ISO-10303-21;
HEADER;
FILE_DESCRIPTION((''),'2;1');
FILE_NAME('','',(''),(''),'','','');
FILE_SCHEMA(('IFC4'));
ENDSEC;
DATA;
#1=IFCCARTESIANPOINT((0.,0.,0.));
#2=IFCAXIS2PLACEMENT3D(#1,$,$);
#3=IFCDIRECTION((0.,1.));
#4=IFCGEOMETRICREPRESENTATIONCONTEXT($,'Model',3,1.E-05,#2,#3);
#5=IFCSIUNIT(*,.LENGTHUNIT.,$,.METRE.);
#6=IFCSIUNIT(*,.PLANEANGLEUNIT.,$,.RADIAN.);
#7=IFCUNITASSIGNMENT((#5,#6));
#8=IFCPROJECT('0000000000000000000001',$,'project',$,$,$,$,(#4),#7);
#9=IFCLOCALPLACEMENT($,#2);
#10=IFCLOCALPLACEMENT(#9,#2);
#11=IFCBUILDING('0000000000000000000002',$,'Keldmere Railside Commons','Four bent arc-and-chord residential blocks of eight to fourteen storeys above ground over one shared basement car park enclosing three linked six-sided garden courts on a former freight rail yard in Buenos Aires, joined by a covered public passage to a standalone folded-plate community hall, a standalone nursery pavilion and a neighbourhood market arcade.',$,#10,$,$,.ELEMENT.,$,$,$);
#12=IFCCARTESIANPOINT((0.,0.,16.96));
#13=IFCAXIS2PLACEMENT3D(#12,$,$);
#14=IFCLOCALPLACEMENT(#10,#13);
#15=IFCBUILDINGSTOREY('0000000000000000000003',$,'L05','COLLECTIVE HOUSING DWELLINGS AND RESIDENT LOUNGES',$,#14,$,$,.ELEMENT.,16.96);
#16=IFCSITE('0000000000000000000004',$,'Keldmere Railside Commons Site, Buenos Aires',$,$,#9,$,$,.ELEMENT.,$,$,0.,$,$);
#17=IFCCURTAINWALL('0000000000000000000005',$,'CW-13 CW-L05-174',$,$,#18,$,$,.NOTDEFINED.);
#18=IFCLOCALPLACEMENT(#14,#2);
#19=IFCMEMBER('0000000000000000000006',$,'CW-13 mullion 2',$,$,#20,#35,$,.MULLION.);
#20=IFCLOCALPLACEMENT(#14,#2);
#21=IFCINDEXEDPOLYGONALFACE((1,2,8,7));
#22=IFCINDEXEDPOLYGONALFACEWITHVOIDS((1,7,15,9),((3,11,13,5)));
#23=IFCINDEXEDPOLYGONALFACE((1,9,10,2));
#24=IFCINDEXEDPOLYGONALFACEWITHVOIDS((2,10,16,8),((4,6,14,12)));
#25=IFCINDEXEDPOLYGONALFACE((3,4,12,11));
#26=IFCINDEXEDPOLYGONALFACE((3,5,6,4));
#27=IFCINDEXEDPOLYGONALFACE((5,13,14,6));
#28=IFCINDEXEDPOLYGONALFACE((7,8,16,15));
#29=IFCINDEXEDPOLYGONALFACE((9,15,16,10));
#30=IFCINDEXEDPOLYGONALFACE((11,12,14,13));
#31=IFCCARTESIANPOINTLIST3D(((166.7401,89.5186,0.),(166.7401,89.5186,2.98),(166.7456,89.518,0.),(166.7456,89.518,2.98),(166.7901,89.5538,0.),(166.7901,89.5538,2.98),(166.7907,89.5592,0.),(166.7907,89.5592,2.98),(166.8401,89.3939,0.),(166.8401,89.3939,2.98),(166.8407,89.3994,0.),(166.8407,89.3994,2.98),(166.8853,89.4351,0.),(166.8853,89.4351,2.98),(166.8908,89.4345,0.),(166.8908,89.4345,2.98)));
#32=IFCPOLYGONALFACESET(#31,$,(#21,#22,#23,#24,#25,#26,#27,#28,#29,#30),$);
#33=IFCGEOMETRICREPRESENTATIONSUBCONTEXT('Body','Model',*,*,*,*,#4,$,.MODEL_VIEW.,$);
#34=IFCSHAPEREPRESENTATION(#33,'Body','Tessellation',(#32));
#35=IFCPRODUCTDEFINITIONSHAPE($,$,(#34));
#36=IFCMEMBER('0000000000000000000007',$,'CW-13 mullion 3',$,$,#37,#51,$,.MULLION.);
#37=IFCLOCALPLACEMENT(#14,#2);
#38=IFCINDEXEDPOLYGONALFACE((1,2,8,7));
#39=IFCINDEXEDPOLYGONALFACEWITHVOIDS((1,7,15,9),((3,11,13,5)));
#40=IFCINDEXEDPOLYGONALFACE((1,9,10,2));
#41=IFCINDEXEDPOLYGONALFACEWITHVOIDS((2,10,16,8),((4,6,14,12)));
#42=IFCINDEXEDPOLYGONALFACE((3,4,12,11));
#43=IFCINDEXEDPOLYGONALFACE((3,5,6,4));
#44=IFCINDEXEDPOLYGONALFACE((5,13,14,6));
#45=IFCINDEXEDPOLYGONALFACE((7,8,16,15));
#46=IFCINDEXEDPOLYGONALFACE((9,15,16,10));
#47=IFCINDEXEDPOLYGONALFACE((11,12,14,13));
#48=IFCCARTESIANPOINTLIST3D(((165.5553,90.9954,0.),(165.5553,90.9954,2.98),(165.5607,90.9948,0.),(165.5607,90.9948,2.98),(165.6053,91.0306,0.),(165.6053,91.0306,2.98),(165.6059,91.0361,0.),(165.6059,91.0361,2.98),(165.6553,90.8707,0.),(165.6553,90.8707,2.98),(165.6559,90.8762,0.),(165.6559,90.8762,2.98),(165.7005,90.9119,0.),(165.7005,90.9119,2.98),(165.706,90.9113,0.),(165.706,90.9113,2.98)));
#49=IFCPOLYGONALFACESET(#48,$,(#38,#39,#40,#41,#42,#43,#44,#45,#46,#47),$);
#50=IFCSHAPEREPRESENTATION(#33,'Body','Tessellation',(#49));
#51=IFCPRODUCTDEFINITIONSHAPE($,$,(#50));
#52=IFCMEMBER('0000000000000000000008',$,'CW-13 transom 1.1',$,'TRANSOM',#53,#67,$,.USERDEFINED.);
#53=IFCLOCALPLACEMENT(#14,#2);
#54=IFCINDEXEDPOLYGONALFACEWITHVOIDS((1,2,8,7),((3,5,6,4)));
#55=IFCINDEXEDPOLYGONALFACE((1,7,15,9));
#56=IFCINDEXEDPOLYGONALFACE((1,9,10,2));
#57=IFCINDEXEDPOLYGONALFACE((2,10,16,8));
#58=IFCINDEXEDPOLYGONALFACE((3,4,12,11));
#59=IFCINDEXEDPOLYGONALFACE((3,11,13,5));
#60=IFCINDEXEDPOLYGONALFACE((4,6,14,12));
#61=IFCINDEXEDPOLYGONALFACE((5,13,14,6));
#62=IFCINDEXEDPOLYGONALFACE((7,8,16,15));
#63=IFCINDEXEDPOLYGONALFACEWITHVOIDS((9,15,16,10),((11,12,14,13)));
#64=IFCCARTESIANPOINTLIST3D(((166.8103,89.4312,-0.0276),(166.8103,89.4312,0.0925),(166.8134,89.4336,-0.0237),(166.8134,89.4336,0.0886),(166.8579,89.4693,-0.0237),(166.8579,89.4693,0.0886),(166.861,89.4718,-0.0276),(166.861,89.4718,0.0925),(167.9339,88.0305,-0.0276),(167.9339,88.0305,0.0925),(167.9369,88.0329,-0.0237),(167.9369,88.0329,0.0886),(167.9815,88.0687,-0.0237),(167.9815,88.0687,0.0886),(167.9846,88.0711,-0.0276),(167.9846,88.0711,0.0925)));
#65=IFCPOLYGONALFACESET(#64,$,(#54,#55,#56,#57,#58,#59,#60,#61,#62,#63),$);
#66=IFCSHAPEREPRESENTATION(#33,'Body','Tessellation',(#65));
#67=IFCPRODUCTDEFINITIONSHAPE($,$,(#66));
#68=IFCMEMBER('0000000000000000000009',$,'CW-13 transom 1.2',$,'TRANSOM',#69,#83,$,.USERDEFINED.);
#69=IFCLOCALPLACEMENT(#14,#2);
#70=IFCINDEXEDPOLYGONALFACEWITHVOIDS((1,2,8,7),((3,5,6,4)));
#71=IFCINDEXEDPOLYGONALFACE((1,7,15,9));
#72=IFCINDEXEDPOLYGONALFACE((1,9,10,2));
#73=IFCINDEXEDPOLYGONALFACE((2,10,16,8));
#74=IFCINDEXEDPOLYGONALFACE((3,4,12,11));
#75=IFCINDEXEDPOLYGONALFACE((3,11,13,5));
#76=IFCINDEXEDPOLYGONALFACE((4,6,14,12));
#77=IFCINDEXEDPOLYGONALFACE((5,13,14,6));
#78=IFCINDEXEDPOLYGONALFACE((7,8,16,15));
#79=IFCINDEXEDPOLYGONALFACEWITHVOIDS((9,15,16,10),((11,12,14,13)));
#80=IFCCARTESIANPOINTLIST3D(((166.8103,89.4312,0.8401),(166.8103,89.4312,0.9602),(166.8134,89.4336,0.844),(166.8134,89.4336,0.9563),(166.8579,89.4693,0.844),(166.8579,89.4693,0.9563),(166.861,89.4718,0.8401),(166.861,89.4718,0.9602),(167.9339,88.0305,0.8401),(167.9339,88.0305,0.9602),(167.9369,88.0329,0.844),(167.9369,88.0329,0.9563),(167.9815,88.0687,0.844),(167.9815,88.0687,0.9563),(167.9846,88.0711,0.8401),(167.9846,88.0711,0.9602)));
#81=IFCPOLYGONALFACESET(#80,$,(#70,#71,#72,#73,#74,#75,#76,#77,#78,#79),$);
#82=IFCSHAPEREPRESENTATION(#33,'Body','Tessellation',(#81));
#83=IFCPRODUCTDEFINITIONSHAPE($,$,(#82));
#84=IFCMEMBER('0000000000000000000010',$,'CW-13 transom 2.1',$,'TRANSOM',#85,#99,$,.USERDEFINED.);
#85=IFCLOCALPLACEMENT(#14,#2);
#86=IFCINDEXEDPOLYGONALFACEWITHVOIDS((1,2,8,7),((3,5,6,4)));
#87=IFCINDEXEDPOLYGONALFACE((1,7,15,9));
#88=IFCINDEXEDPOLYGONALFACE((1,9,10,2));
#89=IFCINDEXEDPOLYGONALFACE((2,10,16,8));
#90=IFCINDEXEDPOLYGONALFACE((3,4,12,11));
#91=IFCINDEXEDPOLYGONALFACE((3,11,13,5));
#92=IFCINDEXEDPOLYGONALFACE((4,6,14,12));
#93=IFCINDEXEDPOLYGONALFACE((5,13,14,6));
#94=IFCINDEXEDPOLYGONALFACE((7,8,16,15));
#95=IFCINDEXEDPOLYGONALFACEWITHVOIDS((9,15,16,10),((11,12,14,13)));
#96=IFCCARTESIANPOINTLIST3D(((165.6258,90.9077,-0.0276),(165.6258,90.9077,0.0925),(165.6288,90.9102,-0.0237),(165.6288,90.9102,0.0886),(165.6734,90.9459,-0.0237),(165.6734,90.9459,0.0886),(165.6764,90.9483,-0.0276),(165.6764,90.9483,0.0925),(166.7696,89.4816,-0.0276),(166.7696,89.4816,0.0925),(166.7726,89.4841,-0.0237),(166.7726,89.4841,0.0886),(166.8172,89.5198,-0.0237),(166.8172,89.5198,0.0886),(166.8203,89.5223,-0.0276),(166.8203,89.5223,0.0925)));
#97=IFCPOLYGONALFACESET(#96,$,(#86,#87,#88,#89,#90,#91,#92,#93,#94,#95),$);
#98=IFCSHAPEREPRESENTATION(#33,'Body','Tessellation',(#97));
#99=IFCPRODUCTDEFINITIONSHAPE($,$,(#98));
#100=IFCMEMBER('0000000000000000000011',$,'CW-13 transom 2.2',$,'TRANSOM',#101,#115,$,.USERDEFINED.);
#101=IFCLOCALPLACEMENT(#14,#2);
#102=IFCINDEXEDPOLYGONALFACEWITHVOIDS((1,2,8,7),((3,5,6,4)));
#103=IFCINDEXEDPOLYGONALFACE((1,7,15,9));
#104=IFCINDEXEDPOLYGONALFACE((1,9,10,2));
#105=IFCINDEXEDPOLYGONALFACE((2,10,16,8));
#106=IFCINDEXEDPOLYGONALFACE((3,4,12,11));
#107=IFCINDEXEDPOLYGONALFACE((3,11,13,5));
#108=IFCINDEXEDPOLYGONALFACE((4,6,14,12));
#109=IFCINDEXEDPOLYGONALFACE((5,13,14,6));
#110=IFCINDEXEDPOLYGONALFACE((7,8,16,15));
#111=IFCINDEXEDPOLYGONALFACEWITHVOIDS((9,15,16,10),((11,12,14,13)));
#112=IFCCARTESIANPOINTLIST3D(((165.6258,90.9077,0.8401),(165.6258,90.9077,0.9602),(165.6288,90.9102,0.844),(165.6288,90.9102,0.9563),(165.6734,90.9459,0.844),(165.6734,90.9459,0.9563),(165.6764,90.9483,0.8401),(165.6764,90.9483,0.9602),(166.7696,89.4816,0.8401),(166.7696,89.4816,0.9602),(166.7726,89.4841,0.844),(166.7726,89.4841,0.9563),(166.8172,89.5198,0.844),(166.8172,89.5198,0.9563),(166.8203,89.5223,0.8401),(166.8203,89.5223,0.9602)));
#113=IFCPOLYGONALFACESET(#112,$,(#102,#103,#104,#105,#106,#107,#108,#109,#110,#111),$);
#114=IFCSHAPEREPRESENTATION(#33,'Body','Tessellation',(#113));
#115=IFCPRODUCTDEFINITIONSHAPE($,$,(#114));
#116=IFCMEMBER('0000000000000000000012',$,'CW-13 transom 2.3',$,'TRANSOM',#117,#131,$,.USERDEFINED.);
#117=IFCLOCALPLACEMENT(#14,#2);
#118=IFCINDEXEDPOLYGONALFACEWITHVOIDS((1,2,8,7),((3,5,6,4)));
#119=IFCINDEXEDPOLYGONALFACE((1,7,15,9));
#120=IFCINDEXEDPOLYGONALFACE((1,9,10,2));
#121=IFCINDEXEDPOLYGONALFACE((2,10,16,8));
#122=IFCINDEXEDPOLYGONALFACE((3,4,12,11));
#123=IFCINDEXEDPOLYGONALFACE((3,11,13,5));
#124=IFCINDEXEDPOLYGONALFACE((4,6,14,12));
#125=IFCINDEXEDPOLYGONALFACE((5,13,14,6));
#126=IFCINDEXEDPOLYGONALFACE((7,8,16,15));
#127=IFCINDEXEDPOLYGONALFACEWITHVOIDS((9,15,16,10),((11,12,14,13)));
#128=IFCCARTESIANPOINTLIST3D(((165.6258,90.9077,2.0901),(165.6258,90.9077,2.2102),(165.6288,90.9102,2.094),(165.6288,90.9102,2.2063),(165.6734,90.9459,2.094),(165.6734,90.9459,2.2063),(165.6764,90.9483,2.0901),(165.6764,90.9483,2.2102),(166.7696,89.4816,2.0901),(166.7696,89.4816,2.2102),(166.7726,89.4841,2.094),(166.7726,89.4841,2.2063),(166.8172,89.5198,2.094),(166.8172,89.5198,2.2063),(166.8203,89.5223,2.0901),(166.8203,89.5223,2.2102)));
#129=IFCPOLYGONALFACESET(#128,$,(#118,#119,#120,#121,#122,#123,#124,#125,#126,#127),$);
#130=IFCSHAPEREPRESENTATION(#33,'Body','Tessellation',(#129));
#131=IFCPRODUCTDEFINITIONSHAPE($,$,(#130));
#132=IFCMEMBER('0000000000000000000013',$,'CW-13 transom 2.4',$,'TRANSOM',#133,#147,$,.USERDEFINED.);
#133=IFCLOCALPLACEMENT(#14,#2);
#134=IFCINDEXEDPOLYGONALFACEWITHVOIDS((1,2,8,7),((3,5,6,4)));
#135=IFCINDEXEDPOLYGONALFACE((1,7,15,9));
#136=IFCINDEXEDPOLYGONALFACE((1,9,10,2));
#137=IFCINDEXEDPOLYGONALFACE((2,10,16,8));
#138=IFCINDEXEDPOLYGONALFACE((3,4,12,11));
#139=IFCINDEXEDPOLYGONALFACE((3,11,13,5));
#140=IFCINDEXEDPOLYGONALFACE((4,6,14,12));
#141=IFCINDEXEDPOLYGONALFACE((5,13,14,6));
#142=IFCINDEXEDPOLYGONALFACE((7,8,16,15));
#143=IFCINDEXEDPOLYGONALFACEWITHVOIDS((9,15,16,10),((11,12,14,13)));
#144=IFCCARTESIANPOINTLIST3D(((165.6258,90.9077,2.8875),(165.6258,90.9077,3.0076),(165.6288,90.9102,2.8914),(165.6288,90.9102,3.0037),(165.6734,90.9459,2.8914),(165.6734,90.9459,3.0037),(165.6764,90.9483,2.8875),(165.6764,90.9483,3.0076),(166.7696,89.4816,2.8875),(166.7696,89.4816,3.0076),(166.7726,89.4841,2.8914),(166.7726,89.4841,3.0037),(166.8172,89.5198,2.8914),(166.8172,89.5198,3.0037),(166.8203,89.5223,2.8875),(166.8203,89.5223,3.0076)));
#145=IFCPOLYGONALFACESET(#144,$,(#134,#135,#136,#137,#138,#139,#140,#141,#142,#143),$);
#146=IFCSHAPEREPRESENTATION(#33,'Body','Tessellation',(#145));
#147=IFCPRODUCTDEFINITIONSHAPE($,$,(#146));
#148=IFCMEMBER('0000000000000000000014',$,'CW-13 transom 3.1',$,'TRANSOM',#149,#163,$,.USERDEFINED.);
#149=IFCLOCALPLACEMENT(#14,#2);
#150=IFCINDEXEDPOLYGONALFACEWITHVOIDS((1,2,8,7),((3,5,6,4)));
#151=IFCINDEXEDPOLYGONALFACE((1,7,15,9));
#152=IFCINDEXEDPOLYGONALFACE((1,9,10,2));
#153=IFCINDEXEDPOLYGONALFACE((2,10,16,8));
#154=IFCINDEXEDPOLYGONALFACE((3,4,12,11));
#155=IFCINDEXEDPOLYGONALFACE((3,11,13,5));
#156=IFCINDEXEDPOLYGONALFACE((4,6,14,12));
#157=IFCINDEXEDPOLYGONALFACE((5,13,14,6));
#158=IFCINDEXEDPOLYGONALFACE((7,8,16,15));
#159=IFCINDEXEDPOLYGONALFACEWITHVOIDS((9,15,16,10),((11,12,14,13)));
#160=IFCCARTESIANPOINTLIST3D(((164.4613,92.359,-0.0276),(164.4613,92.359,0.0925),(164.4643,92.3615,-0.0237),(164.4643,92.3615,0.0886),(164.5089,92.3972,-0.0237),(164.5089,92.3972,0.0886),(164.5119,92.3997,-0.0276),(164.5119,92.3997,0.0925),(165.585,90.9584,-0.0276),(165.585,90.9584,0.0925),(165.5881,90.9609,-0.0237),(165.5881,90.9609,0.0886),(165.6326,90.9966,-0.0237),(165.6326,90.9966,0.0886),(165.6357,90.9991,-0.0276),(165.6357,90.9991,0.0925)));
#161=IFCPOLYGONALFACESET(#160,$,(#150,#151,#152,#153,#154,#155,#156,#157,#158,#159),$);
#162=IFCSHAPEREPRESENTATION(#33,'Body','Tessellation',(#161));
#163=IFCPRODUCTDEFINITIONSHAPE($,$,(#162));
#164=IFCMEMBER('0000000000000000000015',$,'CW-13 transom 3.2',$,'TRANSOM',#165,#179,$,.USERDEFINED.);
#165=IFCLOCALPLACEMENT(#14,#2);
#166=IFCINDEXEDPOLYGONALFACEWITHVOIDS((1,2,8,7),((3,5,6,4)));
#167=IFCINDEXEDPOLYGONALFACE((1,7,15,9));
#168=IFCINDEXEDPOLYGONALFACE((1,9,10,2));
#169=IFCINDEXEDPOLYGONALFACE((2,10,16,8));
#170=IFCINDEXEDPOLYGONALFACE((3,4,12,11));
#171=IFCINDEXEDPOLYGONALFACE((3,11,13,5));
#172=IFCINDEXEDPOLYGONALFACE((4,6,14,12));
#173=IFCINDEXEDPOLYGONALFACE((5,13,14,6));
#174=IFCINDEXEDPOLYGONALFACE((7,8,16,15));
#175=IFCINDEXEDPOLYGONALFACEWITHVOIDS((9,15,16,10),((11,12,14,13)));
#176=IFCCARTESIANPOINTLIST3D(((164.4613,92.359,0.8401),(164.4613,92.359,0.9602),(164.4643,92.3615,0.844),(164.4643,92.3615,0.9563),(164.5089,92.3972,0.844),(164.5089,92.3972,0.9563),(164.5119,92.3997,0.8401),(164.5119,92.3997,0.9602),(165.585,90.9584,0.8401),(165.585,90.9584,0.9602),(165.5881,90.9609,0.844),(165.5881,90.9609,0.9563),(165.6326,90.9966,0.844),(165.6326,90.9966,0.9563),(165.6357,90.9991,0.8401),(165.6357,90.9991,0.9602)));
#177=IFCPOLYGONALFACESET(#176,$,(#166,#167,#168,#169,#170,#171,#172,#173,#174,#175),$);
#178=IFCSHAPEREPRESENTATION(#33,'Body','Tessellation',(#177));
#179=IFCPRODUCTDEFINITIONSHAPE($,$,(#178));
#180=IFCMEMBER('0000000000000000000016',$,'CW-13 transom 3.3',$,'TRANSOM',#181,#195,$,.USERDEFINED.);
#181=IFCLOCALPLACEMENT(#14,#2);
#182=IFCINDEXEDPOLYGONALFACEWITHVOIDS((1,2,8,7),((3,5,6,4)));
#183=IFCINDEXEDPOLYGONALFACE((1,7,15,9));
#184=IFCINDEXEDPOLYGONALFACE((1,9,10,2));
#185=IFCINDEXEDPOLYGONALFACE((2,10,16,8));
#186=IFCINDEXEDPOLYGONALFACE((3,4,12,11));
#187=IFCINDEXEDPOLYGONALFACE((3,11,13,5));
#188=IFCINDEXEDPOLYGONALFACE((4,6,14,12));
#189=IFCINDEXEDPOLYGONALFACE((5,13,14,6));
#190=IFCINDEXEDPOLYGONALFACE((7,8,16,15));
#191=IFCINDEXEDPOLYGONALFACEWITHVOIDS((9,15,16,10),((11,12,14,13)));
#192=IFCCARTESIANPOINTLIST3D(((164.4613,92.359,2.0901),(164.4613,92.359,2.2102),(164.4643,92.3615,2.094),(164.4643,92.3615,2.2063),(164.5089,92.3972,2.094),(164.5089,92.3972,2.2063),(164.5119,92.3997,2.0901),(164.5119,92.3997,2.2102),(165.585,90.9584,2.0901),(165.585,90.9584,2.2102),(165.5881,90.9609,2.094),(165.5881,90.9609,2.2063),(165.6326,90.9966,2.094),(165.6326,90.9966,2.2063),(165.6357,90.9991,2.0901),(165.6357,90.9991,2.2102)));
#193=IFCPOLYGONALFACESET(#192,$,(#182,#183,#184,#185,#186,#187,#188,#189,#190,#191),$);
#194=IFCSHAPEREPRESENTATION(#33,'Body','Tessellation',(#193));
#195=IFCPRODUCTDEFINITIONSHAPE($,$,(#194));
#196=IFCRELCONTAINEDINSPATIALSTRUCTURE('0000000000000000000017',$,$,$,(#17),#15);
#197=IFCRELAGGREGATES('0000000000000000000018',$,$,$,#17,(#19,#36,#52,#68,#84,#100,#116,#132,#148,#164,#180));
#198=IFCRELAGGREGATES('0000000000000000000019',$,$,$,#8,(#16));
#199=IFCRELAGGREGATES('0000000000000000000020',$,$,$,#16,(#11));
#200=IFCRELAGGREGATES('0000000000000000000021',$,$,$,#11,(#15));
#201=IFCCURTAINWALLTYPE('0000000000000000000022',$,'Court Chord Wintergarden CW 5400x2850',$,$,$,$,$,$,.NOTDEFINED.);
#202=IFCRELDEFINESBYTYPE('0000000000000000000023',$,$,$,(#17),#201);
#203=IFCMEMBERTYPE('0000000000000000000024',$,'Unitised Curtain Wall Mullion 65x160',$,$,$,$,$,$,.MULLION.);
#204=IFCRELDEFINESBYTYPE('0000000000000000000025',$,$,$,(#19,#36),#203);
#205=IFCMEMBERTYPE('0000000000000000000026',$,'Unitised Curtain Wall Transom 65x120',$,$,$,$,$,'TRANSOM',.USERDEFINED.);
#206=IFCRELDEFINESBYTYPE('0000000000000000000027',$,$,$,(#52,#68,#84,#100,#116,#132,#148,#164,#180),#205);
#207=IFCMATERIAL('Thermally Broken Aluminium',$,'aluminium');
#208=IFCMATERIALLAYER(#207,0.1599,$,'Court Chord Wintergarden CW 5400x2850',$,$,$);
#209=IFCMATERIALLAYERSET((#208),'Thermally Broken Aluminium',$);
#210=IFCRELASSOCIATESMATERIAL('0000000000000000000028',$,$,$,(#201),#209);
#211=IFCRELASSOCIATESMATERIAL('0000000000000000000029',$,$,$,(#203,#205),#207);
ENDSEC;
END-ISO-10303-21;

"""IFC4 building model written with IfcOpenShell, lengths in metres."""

from ifc_helpers import new_model, si_unit, direction, frame, origin, origin_2d, place, context, subcontext, project, spatial, hollow_rectangle, extrude, material, layer, layer_set, material_profile, profile_set, type_object, element, aggregate, save


model = new_model("IFC4")

# Units and contexts
model_context = context("Model", 3, precision=1e-05, world=origin(), true_north=direction((0.0, 1.0)))
body_context = subcontext(model_context, "Body", "Model", "MODEL_VIEW")
ifc_project = project(units=[si_unit("LENGTHUNIT", "METRE"), si_unit("PLANEANGLEUNIT", "RADIAN")], contexts=[model_context])

# Site, building, storey
site_placement = place(None, origin())
site = spatial("IfcSite", under=ifc_project, at=site_placement, Name="Keldmere Railside Commons Site, Buenos Aires", CompositionType="ELEMENT", RefElevation=0.0)
building_placement = place(site_placement, origin())
building = spatial("IfcBuilding", under=site, at=building_placement, Name="Keldmere Railside Commons", Description="Four bent arc-and-chord residential blocks of eight to fourteen storeys above ground over one shared basement car park enclosing three linked six-sided garden courts on a former freight rail yard in Buenos Aires, joined by a covered public passage to a standalone folded-plate community hall, a standalone nursery pavilion and a neighbourhood market arcade.", CompositionType="ELEMENT")
storey_placement = place(building_placement, frame((0.0, 0.0, 16.96)))
storey = spatial("IfcBuildingStorey", under=building, at=storey_placement, Name="L05", Description="COLLECTIVE HOUSING DWELLINGS AND RESIDENT LOUNGES", CompositionType="ELEMENT", Elevation=16.96)

# Curtain wall, members
ifc_material_1 = material(Name="Thermally Broken Aluminium", Category="aluminium")
ifc_layer_1 = layer(ifc_material_1, 0.1599, Name="Court Chord Wintergarden CW 5400x2850")
ifc_layer_set_1 = layer_set([ifc_layer_1], Name="Thermally Broken Aluminium")
curtain_wall_type = type_object("IfcCurtainWallType", Name="Court Chord Wintergarden CW 5400x2850", PredefinedType="NOTDEFINED", material=ifc_layer_set_1)
curtain_wall_placement = place(storey_placement, origin())
curtain_wall = element("IfcCurtainWall", 1, at=curtain_wall_placement, inside=storey, type_object=curtain_wall_type, Name="CW-13 CW-L05-174", PredefinedType="NOTDEFINED")
ifc_material_profile_1 = material_profile(ifc_material_1, hollow_rectangle(XDim=0.0649, YDim=0.1599, WallThickness=0.0039, at=origin_2d()), Name="ALU-MULL-65x160")
ifc_profile_set_1 = profile_set([ifc_material_profile_1], Name="Thermally Broken Aluminium")
member_type_1 = type_object("IfcMemberType", Name="Unitised Curtain Wall Mullion 65x160", PredefinedType="MULLION", material=ifc_profile_set_1)
member_1_placement = place(storey_placement, frame((166.8154, 89.4766, 0.0), z_axis=(0.0, 0.0, 1.0), x_axis=(-0.780009, -0.625768, 0.0)))
member_1 = element("IfcMember", 2, at=member_1_placement, type_object=member_type_1, Name="CW-13 mullion 2", PredefinedType="MULLION", context=body_context, shape_type="SweptSolid", body=[
    extrude(hollow_rectangle(XDim=0.0649, YDim=0.1599, WallThickness=0.0039, at=origin_2d()), origin(), (0.0, 0.0, 1.0), 2.98),
])
member_2_placement = place(storey_placement, frame((165.6306, 90.9534, 0.0), z_axis=(0.0, 0.0, 1.0), x_axis=(-0.780009, -0.625768, 0.0)))
member_2 = element("IfcMember", 3, at=member_2_placement, type_object=member_type_1, Name="CW-13 mullion 3", PredefinedType="MULLION", context=body_context, shape_type="SweptSolid", body=[
    extrude(hollow_rectangle(XDim=0.0649, YDim=0.1599, WallThickness=0.0039, at=origin_2d()), origin(), (0.0, 0.0, 1.0), 2.98),
])
ifc_material_profile_2 = material_profile(ifc_material_1, hollow_rectangle(XDim=0.0649, YDim=0.1201, WallThickness=0.0039, at=origin_2d()), Name="ALU-TRAN-65x120")
ifc_profile_set_2 = profile_set([ifc_material_profile_2], Name="Thermally Broken Aluminium")
member_type_2 = type_object("IfcMemberType", Name="Unitised Curtain Wall Transom 65x120", ElementType="TRANSOM", PredefinedType="USERDEFINED", material=ifc_profile_set_2)
member_3_placement = place(storey_placement, frame((167.9592, 88.0508, 0.0325), z_axis=(-0.625723, 0.780046, 0.0), x_axis=(-0.780046, -0.625723, 0.0)))
member_3 = element("IfcMember", 4, at=member_3_placement, type_object=member_type_2, Name="CW-13 transom 1.1", ObjectType="TRANSOM", PredefinedType="USERDEFINED", context=body_context, shape_type="SweptSolid", body=[
    extrude(hollow_rectangle(XDim=0.0649, YDim=0.1201, WallThickness=0.0039, at=origin_2d()), origin(), (0.0, 0.0, 1.0), 1.7957),
])
member_4_placement = place(storey_placement, frame((167.9592, 88.0508, 0.9001), z_axis=(-0.625723, 0.780046, 0.0), x_axis=(-0.780046, -0.625723, 0.0)))
member_4 = element("IfcMember", 5, at=member_4_placement, type_object=member_type_2, Name="CW-13 transom 1.2", ObjectType="TRANSOM", PredefinedType="USERDEFINED", context=body_context, shape_type="SweptSolid", body=[
    extrude(hollow_rectangle(XDim=0.0649, YDim=0.1201, WallThickness=0.0039, at=origin_2d()), origin(), (0.0, 0.0, 1.0), 1.7957),
])
member_5_placement = place(storey_placement, frame((166.7949, 89.502, 0.0325), z_axis=(-0.625688, 0.780073, 0.0), x_axis=(-0.780073, -0.625688, 0.0)))
member_5 = element("IfcMember", 6, at=member_5_placement, type_object=member_type_2, Name="CW-13 transom 2.1", ObjectType="TRANSOM", PredefinedType="USERDEFINED", context=body_context, shape_type="SweptSolid", body=[
    extrude(hollow_rectangle(XDim=0.0649, YDim=0.1201, WallThickness=0.0039, at=origin_2d()), origin(), (0.0, 0.0, 1.0), 1.8281),
])
member_6_placement = place(storey_placement, frame((166.7949, 89.502, 0.9001), z_axis=(-0.625688, 0.780073, 0.0), x_axis=(-0.780073, -0.625688, 0.0)))
member_6 = element("IfcMember", 7, at=member_6_placement, type_object=member_type_2, Name="CW-13 transom 2.2", ObjectType="TRANSOM", PredefinedType="USERDEFINED", context=body_context, shape_type="SweptSolid", body=[
    extrude(hollow_rectangle(XDim=0.0649, YDim=0.1201, WallThickness=0.0039, at=origin_2d()), origin(), (0.0, 0.0, 1.0), 1.8281),
])
member_7_placement = place(storey_placement, frame((166.7949, 89.502, 2.1501), z_axis=(-0.625688, 0.780073, 0.0), x_axis=(-0.780073, -0.625688, 0.0)))
member_7 = element("IfcMember", 8, at=member_7_placement, type_object=member_type_2, Name="CW-13 transom 2.3", ObjectType="TRANSOM", PredefinedType="USERDEFINED", context=body_context, shape_type="SweptSolid", body=[
    extrude(hollow_rectangle(XDim=0.0649, YDim=0.1201, WallThickness=0.0039, at=origin_2d()), origin(), (0.0, 0.0, 1.0), 1.8281),
])
member_8_placement = place(storey_placement, frame((166.7949, 89.502, 2.9475), z_axis=(-0.625688, 0.780073, 0.0), x_axis=(-0.780073, -0.625688, 0.0)))
member_8 = element("IfcMember", 9, at=member_8_placement, type_object=member_type_2, Name="CW-13 transom 2.4", ObjectType="TRANSOM", PredefinedType="USERDEFINED", context=body_context, shape_type="SweptSolid", body=[
    extrude(hollow_rectangle(XDim=0.0649, YDim=0.1201, WallThickness=0.0039, at=origin_2d()), origin(), (0.0, 0.0, 1.0), 1.8281),
])
member_9_placement = place(storey_placement, frame((165.6104, 90.9788, 0.0325), z_axis=(-0.625805, 0.779979, 0.0), x_axis=(-0.779979, -0.625805, 0.0)))
member_9 = element("IfcMember", 10, at=member_9_placement, type_object=member_type_2, Name="CW-13 transom 3.1", ObjectType="TRANSOM", PredefinedType="USERDEFINED", context=body_context, shape_type="SweptSolid", body=[
    extrude(hollow_rectangle(XDim=0.0649, YDim=0.1201, WallThickness=0.0039, at=origin_2d()), origin(), (0.0, 0.0, 1.0), 1.7957),
])
member_10_placement = place(storey_placement, frame((165.6104, 90.9788, 0.9001), z_axis=(-0.625805, 0.779979, 0.0), x_axis=(-0.779979, -0.625805, 0.0)))
member_10 = element("IfcMember", 11, at=member_10_placement, type_object=member_type_2, Name="CW-13 transom 3.2", ObjectType="TRANSOM", PredefinedType="USERDEFINED", context=body_context, shape_type="SweptSolid", body=[
    extrude(hollow_rectangle(XDim=0.0649, YDim=0.1201, WallThickness=0.0039, at=origin_2d()), origin(), (0.0, 0.0, 1.0), 1.7957),
])
member_11_placement = place(storey_placement, frame((165.6104, 90.9788, 2.1501), z_axis=(-0.625805, 0.779979, 0.0), x_axis=(-0.779979, -0.625805, 0.0)))
member_11 = element("IfcMember", 12, at=member_11_placement, type_object=member_type_2, Name="CW-13 transom 3.3", ObjectType="TRANSOM", PredefinedType="USERDEFINED", context=body_context, shape_type="SweptSolid", body=[
    extrude(hollow_rectangle(XDim=0.0649, YDim=0.1201, WallThickness=0.0039, at=origin_2d()), origin(), (0.0, 0.0, 1.0), 1.7957),
])
aggregate(curtain_wall, [member_1, member_2, member_3, member_4, member_5, member_6, member_7, member_8, member_9, member_10, member_11])

save(model, "model.ifc")
